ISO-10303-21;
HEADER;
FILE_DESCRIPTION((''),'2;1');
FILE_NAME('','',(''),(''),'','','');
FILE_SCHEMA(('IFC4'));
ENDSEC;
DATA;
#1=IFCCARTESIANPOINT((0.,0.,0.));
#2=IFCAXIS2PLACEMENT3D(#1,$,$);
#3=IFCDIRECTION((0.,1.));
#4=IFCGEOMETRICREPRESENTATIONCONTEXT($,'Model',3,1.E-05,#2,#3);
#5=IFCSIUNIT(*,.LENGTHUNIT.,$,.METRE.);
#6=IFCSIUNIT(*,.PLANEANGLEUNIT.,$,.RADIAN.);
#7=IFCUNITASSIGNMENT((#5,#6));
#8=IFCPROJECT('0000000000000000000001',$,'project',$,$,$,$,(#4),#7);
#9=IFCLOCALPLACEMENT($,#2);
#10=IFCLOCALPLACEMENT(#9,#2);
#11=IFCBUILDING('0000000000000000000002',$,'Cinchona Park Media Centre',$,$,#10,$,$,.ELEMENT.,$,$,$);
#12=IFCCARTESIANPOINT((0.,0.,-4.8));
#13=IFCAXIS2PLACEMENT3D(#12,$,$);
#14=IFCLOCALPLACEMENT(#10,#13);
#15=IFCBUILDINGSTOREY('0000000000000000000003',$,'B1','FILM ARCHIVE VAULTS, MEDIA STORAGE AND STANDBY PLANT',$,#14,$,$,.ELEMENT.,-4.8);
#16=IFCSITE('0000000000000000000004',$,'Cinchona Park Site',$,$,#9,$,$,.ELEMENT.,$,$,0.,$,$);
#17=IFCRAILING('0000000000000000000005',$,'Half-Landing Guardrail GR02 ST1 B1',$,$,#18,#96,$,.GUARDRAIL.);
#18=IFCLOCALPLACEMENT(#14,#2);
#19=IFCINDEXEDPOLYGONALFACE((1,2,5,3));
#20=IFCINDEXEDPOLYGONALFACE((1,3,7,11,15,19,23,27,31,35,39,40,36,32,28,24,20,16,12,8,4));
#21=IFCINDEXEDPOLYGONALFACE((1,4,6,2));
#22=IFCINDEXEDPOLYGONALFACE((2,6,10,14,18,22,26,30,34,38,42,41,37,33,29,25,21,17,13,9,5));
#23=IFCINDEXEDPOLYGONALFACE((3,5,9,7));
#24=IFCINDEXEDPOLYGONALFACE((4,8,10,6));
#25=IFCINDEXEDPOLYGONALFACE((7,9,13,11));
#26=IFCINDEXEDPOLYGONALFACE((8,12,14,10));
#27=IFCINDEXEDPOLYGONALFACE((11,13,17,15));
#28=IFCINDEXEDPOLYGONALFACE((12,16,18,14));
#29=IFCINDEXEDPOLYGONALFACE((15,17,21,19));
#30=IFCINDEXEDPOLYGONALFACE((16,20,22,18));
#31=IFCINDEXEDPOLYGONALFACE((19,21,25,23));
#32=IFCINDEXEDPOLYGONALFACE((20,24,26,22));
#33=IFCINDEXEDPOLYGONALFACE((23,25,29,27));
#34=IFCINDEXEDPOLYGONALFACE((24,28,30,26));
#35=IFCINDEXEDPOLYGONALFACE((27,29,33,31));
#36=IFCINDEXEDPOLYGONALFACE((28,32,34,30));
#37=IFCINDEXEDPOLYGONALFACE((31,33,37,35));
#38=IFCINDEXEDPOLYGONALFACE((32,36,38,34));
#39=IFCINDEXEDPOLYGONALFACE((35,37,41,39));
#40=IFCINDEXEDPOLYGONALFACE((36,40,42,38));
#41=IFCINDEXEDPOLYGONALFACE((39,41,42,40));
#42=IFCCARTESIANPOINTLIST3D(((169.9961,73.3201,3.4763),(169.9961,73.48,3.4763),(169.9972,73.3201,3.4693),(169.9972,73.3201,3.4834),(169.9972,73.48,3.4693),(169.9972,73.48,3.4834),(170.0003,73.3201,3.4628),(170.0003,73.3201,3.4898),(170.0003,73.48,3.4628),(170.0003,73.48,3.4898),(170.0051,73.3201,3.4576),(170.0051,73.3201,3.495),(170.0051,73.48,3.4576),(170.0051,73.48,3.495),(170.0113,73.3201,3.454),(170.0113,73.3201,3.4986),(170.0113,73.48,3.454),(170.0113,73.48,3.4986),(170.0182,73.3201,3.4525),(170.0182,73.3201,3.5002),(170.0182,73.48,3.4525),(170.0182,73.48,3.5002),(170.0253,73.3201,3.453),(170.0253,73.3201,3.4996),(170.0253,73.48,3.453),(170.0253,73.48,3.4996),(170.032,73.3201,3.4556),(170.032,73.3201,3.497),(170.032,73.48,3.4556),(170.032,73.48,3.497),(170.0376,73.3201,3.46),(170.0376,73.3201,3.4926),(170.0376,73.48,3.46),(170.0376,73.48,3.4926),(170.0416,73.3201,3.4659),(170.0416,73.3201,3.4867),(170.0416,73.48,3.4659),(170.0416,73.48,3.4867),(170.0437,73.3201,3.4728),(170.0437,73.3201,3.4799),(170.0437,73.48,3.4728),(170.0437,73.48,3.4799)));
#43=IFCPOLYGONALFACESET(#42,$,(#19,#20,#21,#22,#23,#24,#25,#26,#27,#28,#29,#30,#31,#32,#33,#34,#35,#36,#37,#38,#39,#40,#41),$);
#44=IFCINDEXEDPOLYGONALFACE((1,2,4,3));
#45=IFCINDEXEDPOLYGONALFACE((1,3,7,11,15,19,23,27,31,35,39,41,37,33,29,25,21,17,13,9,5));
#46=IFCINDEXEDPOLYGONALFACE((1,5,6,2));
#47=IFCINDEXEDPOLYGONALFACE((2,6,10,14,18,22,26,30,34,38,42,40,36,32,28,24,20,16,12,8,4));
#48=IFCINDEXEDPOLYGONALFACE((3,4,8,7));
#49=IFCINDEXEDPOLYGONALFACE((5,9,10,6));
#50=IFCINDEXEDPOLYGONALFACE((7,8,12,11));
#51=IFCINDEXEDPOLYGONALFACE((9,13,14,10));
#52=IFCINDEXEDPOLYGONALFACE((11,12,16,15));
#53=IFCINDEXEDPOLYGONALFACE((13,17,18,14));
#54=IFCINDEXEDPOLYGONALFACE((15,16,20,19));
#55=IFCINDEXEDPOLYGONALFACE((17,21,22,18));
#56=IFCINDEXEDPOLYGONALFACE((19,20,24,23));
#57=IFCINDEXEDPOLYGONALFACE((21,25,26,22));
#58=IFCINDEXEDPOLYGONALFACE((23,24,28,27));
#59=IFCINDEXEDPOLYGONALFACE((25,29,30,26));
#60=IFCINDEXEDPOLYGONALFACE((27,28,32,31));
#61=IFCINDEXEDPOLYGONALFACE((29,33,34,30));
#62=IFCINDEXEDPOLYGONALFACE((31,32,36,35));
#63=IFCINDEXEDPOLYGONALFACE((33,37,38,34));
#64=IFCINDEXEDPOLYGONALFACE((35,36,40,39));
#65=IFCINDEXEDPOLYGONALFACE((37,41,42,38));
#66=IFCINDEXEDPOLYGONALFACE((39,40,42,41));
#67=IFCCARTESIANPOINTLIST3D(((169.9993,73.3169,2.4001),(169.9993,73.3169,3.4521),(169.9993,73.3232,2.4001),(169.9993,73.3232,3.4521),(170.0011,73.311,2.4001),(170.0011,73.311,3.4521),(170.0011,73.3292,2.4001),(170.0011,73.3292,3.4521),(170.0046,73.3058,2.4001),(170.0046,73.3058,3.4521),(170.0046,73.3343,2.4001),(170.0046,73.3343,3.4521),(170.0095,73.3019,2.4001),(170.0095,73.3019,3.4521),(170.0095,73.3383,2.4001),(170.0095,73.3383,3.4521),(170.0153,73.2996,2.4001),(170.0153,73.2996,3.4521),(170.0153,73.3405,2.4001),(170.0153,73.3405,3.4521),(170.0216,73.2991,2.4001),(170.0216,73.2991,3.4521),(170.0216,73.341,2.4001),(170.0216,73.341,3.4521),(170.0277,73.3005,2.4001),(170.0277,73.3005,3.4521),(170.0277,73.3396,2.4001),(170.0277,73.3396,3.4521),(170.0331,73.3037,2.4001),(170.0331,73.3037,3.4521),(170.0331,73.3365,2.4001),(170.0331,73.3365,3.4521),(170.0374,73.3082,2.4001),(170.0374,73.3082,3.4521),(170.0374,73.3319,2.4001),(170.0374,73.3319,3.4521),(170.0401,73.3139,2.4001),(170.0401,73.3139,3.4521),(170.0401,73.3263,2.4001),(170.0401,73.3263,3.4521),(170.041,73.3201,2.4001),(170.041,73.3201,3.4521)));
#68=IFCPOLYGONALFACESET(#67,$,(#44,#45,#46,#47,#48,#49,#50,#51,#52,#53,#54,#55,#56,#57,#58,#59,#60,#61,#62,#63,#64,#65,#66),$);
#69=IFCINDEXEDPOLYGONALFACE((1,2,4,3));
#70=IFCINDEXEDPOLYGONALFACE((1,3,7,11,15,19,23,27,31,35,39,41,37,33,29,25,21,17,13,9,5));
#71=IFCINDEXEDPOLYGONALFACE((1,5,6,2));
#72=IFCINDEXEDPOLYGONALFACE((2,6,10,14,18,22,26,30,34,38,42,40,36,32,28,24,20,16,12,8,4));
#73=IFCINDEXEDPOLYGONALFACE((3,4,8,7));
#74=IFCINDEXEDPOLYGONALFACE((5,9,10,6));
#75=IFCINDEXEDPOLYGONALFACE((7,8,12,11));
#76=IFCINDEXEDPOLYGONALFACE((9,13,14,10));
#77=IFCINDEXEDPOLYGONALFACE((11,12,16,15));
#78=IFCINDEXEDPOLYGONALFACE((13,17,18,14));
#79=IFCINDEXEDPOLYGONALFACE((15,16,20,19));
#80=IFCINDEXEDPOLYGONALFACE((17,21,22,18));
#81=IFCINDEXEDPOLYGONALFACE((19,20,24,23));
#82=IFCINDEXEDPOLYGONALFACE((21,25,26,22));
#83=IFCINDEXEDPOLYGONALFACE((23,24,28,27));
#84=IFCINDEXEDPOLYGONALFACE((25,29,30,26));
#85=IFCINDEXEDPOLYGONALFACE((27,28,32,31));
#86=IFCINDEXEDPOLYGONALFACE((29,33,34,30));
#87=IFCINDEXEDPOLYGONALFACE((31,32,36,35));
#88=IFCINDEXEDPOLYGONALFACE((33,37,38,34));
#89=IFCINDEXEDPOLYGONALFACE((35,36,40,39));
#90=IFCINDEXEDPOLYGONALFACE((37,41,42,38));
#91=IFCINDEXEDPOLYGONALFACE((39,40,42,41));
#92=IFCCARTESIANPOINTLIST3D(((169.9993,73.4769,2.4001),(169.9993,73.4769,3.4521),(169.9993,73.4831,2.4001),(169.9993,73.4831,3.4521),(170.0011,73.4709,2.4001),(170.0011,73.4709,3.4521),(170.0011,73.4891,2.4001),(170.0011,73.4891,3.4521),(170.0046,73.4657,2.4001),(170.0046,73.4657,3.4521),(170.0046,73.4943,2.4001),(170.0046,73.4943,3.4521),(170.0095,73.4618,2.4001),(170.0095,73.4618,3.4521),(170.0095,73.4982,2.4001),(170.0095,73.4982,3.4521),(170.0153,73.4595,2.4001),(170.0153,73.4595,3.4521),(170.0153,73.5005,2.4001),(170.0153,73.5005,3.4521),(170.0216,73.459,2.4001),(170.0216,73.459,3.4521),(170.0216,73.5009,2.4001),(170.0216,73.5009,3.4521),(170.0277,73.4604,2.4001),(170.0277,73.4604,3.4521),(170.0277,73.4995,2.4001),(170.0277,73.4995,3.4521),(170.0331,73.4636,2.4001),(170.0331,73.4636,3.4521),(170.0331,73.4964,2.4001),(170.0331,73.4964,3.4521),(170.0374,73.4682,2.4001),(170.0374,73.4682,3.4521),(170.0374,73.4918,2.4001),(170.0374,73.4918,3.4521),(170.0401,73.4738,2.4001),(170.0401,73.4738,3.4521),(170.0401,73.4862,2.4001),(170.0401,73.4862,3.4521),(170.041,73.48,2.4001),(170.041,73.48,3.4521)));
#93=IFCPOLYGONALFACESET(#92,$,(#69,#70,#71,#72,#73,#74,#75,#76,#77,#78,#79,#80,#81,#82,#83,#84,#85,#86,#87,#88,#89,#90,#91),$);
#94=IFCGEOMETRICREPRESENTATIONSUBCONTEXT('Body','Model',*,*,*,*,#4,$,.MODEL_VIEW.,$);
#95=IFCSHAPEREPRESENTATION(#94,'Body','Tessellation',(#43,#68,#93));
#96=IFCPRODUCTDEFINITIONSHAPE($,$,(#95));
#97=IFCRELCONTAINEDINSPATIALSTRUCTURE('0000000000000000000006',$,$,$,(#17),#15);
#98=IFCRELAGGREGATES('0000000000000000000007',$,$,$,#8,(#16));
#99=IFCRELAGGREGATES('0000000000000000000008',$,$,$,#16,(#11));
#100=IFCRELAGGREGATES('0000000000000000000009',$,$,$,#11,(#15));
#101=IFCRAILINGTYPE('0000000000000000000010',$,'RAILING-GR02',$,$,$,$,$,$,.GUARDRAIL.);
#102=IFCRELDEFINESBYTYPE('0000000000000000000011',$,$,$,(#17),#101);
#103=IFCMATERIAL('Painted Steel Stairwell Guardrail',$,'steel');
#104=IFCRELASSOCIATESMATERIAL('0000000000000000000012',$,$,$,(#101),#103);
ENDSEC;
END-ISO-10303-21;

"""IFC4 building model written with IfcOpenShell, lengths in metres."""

from ifc_helpers import new_model, si_unit, direction, frame, origin, origin_2d, place, context, subcontext, project, spatial, circle, extrude, material, type_object, element, save


model = new_model("IFC4")

# Units and contexts
model_context = context("Model", 3, precision=1e-05, world=origin(), true_north=direction((0.0, 1.0)))
body_context = subcontext(model_context, "Body", "Model", "MODEL_VIEW")
ifc_project = project(units=[si_unit("LENGTHUNIT", "METRE"), si_unit("PLANEANGLEUNIT", "RADIAN")], contexts=[model_context])

# Site, building, storey
site_placement = place(None, origin())
site = spatial("IfcSite", under=ifc_project, at=site_placement, Name="Cinchona Park Site", CompositionType="ELEMENT", RefElevation=0.0)
building_placement = place(site_placement, origin())
building = spatial("IfcBuilding", under=site, at=building_placement, Name="Cinchona Park Media Centre", CompositionType="ELEMENT")
storey_placement = place(building_placement, frame((0.0, 0.0, -4.8)))
storey = spatial("IfcBuildingStorey", under=building, at=storey_placement, Name="B1", Description="FILM ARCHIVE VAULTS, MEDIA STORAGE AND STANDBY PLANT", CompositionType="ELEMENT", Elevation=-4.8)

# Railing
ifc_material_1 = material(Name="Painted Steel Stairwell Guardrail", Category="steel")
railing_type_1 = type_object("IfcRailingType", Name="RAILING-GR02", PredefinedType="GUARDRAIL", material=ifc_material_1)
railing_1_placement = place(storey_placement, frame((170.02, 73.3201, 2.4001)))
element("IfcRailing", 1, at=railing_1_placement, inside=storey, type_object=railing_type_1, Name="Half-Landing Guardrail GR02 ST1 B1", PredefinedType="GUARDRAIL", context=body_context, shape_type="SweptSolid", body=[
    extrude(circle(Radius=0.0239, at=origin_2d()), frame((0.0, 0.0, 1.0762), z_axis=(0.0, 1.0, 0.0), x_axis=(-1.0, 0.0, 0.0)), (0.0, 0.0, 1.0), 0.1599),
    extrude(circle(Radius=0.021, at=origin_2d()), origin(), (0.0, 0.0, 1.0), 1.052),
    extrude(circle(Radius=0.021, at=origin_2d()), frame((0.0, 0.1599, 0.0)), (0.0, 0.0, 1.0), 1.052),
])

save(model, "model.ifc")
